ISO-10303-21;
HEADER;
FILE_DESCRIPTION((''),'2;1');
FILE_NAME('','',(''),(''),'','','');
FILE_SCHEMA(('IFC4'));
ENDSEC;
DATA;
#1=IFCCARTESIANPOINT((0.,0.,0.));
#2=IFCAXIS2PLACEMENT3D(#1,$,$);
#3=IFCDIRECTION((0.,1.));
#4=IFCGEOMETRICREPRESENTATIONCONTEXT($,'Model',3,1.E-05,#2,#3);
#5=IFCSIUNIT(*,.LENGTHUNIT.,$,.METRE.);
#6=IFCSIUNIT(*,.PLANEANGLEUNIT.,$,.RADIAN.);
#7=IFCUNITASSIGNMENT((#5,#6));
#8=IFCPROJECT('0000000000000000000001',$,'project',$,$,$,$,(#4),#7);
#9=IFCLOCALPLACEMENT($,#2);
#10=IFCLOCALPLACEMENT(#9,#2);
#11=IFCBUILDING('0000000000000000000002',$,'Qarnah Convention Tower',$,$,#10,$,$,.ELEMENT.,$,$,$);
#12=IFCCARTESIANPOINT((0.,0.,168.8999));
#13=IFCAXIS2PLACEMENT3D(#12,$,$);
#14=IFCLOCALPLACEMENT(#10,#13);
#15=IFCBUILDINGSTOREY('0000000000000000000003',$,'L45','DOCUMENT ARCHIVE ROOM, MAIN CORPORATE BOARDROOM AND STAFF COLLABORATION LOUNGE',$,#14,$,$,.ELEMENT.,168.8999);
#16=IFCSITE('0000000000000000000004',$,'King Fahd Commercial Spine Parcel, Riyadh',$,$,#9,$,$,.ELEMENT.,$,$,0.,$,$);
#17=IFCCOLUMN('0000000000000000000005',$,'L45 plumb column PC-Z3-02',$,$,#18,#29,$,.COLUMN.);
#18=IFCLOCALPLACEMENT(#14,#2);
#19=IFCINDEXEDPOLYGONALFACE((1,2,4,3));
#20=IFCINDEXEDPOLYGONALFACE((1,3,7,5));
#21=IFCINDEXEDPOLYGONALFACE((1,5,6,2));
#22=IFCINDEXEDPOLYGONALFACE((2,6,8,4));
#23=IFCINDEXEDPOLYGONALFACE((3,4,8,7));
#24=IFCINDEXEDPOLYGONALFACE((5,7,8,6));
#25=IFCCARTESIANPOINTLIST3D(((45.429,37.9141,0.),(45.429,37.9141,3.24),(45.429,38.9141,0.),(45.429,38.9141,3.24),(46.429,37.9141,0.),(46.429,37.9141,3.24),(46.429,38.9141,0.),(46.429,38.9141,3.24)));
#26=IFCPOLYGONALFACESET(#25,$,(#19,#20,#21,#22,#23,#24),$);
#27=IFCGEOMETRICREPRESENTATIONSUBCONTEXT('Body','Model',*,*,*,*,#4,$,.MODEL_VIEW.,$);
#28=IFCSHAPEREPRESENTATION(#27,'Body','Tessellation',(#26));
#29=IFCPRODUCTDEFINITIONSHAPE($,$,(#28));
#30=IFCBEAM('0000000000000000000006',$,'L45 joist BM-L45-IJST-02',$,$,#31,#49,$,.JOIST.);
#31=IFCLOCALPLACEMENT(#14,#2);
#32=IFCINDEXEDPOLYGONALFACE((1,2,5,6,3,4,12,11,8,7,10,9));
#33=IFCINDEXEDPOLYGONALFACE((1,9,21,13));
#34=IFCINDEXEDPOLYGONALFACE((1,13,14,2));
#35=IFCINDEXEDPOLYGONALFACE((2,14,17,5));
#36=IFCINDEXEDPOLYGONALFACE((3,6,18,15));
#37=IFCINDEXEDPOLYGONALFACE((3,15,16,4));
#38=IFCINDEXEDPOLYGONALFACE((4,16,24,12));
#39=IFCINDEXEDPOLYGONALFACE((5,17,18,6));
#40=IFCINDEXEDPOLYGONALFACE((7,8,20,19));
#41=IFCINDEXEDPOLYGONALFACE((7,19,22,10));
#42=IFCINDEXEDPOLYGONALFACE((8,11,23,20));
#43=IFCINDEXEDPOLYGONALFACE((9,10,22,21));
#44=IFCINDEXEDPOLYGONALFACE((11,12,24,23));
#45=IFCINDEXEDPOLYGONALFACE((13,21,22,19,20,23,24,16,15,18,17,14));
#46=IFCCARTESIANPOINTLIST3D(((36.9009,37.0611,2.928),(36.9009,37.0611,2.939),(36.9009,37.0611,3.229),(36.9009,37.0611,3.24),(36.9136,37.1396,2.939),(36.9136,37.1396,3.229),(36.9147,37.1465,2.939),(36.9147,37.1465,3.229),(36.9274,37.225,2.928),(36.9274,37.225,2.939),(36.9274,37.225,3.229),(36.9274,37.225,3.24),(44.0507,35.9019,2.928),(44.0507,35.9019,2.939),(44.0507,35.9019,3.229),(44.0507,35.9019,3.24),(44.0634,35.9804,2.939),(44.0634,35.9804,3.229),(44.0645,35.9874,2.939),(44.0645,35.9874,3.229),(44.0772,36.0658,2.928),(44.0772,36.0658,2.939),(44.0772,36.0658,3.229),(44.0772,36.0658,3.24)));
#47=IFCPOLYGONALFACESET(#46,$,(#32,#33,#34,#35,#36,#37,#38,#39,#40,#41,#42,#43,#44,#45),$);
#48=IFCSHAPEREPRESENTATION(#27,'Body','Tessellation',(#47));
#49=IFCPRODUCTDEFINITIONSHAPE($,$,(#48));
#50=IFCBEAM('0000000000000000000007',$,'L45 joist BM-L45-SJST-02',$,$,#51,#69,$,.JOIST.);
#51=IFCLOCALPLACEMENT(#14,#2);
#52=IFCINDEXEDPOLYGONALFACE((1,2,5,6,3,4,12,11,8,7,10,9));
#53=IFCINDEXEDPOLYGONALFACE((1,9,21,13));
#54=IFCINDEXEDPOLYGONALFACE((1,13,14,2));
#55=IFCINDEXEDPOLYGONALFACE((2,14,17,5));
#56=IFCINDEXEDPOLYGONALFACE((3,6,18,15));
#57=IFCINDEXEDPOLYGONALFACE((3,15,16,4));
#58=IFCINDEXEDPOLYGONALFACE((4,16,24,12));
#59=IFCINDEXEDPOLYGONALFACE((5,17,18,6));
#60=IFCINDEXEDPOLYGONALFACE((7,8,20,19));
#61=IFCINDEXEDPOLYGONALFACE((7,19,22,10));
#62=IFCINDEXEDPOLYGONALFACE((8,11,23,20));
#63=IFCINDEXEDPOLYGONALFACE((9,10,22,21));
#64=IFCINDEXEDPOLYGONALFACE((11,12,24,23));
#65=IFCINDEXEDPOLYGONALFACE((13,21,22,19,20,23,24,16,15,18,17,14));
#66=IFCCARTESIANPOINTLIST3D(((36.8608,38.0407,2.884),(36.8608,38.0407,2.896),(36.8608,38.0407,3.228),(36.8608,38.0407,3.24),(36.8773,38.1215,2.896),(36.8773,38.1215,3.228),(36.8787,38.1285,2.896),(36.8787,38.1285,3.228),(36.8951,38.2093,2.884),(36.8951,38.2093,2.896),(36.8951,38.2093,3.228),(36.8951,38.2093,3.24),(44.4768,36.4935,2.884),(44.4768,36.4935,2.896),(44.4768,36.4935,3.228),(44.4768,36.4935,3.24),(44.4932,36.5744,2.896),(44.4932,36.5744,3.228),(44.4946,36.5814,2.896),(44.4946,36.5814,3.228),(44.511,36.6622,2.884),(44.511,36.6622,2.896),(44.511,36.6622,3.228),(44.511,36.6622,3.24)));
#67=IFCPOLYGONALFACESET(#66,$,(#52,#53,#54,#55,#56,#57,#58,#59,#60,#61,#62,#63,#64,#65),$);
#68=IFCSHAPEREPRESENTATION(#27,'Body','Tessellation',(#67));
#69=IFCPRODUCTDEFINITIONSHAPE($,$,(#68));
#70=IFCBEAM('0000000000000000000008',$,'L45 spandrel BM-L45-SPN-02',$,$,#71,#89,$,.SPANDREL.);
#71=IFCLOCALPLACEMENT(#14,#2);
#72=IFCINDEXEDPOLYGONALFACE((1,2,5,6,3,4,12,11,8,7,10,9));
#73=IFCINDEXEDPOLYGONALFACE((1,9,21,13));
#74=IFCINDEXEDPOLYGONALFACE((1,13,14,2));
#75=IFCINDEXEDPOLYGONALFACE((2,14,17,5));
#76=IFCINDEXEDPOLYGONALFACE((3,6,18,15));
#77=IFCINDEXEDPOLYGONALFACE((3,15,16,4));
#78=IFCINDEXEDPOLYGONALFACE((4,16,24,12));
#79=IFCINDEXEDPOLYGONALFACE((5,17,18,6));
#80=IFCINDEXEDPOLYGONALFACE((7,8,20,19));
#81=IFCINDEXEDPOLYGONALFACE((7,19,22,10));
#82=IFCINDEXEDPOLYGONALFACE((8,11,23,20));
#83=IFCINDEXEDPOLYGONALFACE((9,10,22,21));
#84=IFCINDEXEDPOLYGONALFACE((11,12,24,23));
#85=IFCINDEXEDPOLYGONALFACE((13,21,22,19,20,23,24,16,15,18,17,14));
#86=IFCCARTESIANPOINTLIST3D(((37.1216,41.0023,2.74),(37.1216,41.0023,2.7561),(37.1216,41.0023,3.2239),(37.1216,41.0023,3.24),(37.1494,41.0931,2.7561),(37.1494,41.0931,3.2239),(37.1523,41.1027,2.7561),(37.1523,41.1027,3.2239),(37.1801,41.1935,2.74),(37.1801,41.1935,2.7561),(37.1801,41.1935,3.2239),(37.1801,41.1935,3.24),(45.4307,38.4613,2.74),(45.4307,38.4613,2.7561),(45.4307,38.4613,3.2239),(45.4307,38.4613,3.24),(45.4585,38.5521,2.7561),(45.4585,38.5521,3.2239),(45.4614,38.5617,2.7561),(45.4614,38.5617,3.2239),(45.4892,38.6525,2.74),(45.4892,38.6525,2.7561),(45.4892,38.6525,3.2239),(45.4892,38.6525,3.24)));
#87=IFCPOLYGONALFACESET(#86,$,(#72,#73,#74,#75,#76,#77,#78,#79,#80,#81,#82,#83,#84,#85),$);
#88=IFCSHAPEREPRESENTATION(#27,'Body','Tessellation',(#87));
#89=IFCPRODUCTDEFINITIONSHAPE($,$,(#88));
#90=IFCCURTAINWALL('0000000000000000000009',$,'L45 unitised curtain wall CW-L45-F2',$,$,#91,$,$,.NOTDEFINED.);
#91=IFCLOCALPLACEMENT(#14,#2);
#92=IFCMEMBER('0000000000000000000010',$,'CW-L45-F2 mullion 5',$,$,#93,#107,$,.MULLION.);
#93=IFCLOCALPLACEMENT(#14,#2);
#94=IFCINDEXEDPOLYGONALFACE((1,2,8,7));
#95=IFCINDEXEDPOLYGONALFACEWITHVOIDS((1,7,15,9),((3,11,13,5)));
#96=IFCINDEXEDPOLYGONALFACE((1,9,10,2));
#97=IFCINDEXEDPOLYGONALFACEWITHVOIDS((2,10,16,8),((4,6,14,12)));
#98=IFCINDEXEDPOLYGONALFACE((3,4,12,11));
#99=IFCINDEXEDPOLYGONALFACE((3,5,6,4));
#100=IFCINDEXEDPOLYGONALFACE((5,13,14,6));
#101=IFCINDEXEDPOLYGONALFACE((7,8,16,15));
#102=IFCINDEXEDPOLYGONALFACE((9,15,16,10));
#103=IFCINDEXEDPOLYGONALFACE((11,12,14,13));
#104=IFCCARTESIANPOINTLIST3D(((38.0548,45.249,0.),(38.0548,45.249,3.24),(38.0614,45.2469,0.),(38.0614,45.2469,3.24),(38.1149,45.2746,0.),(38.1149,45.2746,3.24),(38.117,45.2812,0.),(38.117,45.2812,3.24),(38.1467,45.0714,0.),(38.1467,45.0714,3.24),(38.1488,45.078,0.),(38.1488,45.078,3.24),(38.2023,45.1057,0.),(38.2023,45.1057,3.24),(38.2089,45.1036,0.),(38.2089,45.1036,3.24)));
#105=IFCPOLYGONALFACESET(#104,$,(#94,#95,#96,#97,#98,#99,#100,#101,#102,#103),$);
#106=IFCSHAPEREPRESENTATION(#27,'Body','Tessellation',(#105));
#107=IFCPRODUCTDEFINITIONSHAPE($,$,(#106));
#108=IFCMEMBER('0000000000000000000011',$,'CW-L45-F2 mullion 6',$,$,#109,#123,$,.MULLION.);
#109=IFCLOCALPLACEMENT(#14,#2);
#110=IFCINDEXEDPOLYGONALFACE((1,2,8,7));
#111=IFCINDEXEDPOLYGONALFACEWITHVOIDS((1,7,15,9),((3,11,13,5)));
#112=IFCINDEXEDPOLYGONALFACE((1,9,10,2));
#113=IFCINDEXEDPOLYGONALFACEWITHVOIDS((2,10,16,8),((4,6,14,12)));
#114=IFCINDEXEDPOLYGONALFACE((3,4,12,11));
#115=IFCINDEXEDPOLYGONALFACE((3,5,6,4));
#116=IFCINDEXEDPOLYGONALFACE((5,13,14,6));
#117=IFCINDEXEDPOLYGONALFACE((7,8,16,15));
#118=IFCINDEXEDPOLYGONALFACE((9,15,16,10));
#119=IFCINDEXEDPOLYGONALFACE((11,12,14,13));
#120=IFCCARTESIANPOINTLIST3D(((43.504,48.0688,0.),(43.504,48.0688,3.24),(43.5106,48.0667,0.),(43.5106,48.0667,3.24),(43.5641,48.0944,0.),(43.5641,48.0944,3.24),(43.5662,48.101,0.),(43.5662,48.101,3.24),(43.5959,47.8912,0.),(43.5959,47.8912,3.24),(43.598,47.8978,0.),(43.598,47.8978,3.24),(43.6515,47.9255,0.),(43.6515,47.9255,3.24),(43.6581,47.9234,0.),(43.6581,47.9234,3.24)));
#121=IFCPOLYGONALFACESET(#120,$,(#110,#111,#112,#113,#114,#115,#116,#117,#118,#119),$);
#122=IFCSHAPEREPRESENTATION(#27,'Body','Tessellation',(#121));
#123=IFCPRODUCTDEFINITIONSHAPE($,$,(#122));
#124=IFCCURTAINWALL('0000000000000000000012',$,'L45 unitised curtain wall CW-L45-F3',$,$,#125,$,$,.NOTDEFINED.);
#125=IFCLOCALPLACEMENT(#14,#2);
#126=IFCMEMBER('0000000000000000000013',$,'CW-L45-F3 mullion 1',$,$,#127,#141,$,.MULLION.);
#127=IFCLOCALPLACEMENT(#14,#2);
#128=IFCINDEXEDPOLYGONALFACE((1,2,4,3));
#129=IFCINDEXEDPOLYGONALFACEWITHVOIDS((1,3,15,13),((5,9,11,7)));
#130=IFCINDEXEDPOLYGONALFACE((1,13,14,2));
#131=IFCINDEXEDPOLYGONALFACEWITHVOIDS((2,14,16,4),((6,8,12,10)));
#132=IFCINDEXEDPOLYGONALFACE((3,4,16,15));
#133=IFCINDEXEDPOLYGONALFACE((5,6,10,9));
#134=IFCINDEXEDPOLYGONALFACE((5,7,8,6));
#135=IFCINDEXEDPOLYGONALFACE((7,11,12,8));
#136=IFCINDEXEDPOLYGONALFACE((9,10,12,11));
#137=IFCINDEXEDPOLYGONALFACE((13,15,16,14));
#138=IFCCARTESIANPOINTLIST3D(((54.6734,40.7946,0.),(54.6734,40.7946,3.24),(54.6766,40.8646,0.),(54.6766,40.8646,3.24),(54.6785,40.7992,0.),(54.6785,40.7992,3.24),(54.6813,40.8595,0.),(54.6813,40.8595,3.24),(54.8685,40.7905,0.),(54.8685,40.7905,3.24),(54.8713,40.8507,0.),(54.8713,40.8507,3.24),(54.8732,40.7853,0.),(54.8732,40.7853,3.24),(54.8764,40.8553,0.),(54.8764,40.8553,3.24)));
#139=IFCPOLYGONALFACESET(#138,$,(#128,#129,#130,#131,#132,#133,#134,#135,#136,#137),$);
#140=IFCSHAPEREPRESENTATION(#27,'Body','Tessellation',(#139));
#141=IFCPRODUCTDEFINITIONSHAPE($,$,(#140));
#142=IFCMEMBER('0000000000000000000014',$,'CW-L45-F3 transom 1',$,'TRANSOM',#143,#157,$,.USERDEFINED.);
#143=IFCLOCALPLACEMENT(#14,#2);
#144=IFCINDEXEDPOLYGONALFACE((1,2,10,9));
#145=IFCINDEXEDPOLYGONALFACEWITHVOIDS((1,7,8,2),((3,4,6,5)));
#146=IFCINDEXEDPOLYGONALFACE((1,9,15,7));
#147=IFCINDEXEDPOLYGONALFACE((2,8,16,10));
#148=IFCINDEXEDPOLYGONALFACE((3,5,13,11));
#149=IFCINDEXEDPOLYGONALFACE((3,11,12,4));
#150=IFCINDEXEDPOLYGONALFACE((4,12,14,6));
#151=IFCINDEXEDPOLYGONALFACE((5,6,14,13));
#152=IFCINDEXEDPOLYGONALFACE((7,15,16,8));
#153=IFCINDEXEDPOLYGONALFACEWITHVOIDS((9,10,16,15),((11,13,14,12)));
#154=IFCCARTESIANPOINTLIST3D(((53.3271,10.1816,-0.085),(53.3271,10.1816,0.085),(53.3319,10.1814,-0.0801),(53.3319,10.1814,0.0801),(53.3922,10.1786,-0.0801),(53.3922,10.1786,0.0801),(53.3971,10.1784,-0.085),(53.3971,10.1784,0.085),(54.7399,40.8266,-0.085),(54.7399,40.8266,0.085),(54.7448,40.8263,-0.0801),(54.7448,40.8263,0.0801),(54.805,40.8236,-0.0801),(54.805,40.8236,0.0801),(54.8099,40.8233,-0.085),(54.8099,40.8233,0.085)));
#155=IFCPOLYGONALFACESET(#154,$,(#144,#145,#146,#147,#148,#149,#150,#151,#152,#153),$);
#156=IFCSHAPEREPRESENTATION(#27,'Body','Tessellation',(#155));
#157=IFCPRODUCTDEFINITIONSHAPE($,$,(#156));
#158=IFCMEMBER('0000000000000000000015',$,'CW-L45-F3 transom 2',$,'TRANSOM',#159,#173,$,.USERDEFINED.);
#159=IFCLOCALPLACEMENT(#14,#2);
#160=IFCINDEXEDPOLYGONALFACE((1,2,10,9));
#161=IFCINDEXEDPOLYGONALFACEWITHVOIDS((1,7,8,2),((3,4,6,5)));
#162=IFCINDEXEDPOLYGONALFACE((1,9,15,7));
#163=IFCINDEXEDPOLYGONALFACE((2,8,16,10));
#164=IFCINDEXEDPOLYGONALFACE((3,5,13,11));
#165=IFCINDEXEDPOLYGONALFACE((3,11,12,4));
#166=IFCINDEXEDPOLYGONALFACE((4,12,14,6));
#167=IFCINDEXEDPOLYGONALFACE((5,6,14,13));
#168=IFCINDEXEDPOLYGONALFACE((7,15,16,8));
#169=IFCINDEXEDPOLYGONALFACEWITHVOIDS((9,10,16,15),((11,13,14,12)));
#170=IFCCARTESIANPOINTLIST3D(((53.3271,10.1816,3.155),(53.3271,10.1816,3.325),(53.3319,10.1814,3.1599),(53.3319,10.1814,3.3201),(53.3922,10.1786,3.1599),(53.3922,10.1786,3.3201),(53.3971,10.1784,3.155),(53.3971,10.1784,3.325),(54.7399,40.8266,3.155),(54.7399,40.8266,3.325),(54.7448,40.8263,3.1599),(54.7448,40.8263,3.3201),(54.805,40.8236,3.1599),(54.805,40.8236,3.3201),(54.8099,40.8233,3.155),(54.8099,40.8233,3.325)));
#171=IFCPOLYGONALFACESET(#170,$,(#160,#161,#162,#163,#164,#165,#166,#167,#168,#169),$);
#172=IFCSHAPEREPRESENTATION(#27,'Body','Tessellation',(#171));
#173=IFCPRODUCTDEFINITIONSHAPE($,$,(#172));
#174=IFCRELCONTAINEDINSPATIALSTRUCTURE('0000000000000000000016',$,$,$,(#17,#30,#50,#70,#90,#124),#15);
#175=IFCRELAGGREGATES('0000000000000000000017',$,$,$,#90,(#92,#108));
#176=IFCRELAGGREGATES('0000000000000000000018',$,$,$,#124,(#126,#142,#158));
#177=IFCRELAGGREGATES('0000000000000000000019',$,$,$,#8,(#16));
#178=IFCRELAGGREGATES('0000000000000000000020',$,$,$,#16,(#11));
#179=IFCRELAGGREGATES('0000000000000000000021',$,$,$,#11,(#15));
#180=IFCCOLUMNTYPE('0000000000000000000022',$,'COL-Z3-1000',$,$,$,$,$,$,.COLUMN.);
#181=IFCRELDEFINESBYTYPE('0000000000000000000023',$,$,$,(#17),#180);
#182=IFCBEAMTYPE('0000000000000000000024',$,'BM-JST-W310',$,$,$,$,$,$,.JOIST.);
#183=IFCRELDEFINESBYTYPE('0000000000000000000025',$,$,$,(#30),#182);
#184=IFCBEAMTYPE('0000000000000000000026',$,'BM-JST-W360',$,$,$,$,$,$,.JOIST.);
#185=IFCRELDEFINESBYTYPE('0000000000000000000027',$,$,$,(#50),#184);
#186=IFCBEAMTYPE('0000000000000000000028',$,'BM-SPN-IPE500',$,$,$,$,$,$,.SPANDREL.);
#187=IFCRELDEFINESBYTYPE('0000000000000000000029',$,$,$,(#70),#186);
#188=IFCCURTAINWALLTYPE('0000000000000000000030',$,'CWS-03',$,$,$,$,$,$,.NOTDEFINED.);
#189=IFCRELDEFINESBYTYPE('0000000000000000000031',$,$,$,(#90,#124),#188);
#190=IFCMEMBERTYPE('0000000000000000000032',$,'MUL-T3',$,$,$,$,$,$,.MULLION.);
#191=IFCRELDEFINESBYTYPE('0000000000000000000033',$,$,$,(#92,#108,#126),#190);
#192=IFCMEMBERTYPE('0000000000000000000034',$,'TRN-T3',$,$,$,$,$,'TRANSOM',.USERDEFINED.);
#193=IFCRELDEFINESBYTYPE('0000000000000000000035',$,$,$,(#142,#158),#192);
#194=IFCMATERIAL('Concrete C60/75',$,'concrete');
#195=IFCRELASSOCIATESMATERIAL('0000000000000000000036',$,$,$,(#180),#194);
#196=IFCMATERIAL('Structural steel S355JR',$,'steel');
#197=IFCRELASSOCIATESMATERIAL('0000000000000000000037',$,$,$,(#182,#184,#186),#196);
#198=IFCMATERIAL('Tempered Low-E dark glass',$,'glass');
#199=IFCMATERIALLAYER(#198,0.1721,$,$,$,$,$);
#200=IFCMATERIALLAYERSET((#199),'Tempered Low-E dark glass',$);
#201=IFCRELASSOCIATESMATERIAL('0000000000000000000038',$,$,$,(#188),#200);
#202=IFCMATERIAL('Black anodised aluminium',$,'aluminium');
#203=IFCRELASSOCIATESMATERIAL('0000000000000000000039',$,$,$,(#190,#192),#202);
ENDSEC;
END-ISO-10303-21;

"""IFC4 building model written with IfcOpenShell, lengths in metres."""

from ifc_helpers import new_model, si_unit, direction, frame, origin, origin_2d, place, context, subcontext, project, spatial, rectangle, hollow_rectangle, i_section, extrude, material, layer, layer_set, material_profile, profile_set, type_object, element, aggregate, save


model = new_model("IFC4")

# Units and contexts
model_context = context("Model", 3, precision=1e-05, world=origin(), true_north=direction((0.0, 1.0)))
body_context = subcontext(model_context, "Body", "Model", "MODEL_VIEW")
ifc_project = project(units=[si_unit("LENGTHUNIT", "METRE"), si_unit("PLANEANGLEUNIT", "RADIAN")], contexts=[model_context])

# Site, building, storey
site_placement = place(None, origin())
site = spatial("IfcSite", under=ifc_project, at=site_placement, Name="King Fahd Commercial Spine Parcel, Riyadh", CompositionType="ELEMENT", RefElevation=0.0)
building_placement = place(site_placement, origin())
building = spatial("IfcBuilding", under=site, at=building_placement, Name="Qarnah Convention Tower", CompositionType="ELEMENT")
storey_placement = place(building_placement, frame((0.0, 0.0, 168.8999)))
storey = spatial("IfcBuildingStorey", under=building, at=storey_placement, Name="L45", Description="DOCUMENT ARCHIVE ROOM, MAIN CORPORATE BOARDROOM AND STAFF COLLABORATION LOUNGE", CompositionType="ELEMENT", Elevation=168.8999)

# Column
ifc_material_1 = material(Name="Concrete C60/75", Category="concrete")
ifc_material_profile_1 = material_profile(ifc_material_1, rectangle(XDim=1.0, YDim=1.0, at=origin_2d()), Name="RC-COL-1000X1000")
ifc_profile_set_1 = profile_set([ifc_material_profile_1], Name="Concrete C60/75")
column_type = type_object("IfcColumnType", Name="COL-Z3-1000", PredefinedType="COLUMN", material=ifc_profile_set_1)
column_placement = place(storey_placement, frame((45.929, 38.4141, 0.0), z_axis=(0.0, 0.0, 1.0), x_axis=(1.0, 0.0, 0.0)))
element("IfcColumn", 1, at=column_placement, inside=storey, type_object=column_type, Name="L45 plumb column PC-Z3-02", PredefinedType="COLUMN", context=body_context, shape_type="SweptSolid", body=[
    extrude(rectangle(XDim=1.0, YDim=1.0, at=origin_2d()), origin(), (0.0, 0.0, 1.0), 3.24),
])

# Beams
ifc_material_2 = material(Name="Structural steel S355JR", Category="steel")
ifc_material_profile_2 = material_profile(ifc_material_2, i_section(OverallWidth=0.166, OverallDepth=0.312, WebThickness=0.0071, FlangeThickness=0.011, at=origin_2d()), Name="W310X45")
ifc_profile_set_2 = profile_set([ifc_material_profile_2], Name="Structural steel S355JR")
beam_type_1 = type_object("IfcBeamType", Name="BM-JST-W310", PredefinedType="JOIST", material=ifc_profile_set_2)
beam_1_placement = place(storey_placement, frame((44.064, 35.9839, 3.084), z_axis=(-0.987111, 0.160036, 0.0), x_axis=(-0.160036, -0.987111, 0.0)))
element("IfcBeam", 2, at=beam_1_placement, inside=storey, type_object=beam_type_1, Name="L45 joist BM-L45-IJST-02", PredefinedType="JOIST", context=body_context, shape_type="SweptSolid", body=[
    extrude(i_section(OverallWidth=0.166, OverallDepth=0.312, WebThickness=0.0071, FlangeThickness=0.011, at=origin_2d()), origin(), (0.0, 0.0, 1.0), 7.2432),
])
ifc_material_profile_3 = material_profile(ifc_material_2, i_section(OverallWidth=0.1721, OverallDepth=0.356, WebThickness=0.0071, FlangeThickness=0.012, at=origin_2d()), Name="W360X51")
ifc_profile_set_3 = profile_set([ifc_material_profile_3], Name="Structural steel S355JR")
beam_type_2 = type_object("IfcBeamType", Name="BM-JST-W360", PredefinedType="JOIST", material=ifc_profile_set_3)
beam_2_placement = place(storey_placement, frame((44.4939, 36.5779, 3.062), z_axis=(-0.979984, 0.199075, 0.0), x_axis=(-0.199075, -0.979984, 0.0)))
element("IfcBeam", 3, at=beam_2_placement, inside=storey, type_object=beam_type_2, Name="L45 joist BM-L45-SJST-02", PredefinedType="JOIST", context=body_context, shape_type="SweptSolid", body=[
    extrude(i_section(OverallWidth=0.1721, OverallDepth=0.356, WebThickness=0.0071, FlangeThickness=0.012, at=origin_2d()), origin(), (0.0, 0.0, 1.0), 7.7715),
])
ifc_material_profile_4 = material_profile(ifc_material_2, i_section(OverallWidth=0.2, OverallDepth=0.5, WebThickness=0.01, FlangeThickness=0.0161, at=origin_2d()), Name="IPE500")
ifc_profile_set_4 = profile_set([ifc_material_profile_4], Name="Structural steel S355JR")
beam_type_3 = type_object("IfcBeamType", Name="BM-SPN-IPE500", PredefinedType="SPANDREL", material=ifc_profile_set_4)
beam_3_placement = place(storey_placement, frame((45.46, 38.5569, 2.99), z_axis=(-0.956283, 0.292443, 0.0), x_axis=(-0.292443, -0.956283, 0.0)))
element("IfcBeam", 4, at=beam_3_placement, inside=storey, type_object=beam_type_3, Name="L45 spandrel BM-L45-SPN-02", PredefinedType="SPANDREL", context=body_context, shape_type="SweptSolid", body=[
    extrude(i_section(OverallWidth=0.2, OverallDepth=0.5, WebThickness=0.01, FlangeThickness=0.0161, at=origin_2d()), origin(), (0.0, 0.0, 1.0), 8.689),
])

# Curtain walls, members
ifc_material_3 = material(Name="Tempered Low-E dark glass", Category="glass")
ifc_layer_1 = layer(ifc_material_3, 0.1721)
ifc_layer_set_1 = layer_set([ifc_layer_1], Name="Tempered Low-E dark glass")
curtain_wall_type = type_object("IfcCurtainWallType", Name="CWS-03", PredefinedType="NOTDEFINED", material=ifc_layer_set_1)
curtain_wall_1_placement = place(storey_placement, origin())
curtain_wall_1 = element("IfcCurtainWall", 5, at=curtain_wall_1_placement, inside=storey, type_object=curtain_wall_type, Name="L45 unitised curtain wall CW-L45-F2", PredefinedType="NOTDEFINED")
ifc_material_4 = material(Name="Black anodised aluminium", Category="aluminium")
ifc_material_profile_5 = material_profile(ifc_material_4, hollow_rectangle(XDim=0.0701, YDim=0.2, WallThickness=0.0049, at=origin_2d()), Name="MUL-70X200")
ifc_profile_set_5 = profile_set([ifc_material_profile_5], Name="Black anodised aluminium")
member_type_1 = type_object("IfcMemberType", Name="MUL-T3", PredefinedType="MULLION", material=ifc_profile_set_5)
member_1_placement = place(storey_placement, frame((38.1318, 45.1763, 0.0), z_axis=(0.0, 0.0, 1.0), x_axis=(0.888135, 0.459583, 0.0)))
member_1 = element("IfcMember", 6, at=member_1_placement, type_object=member_type_1, Name="CW-L45-F2 mullion 5", PredefinedType="MULLION", context=body_context, shape_type="SweptSolid", body=[
    extrude(hollow_rectangle(XDim=0.0701, YDim=0.2, WallThickness=0.0049, at=origin_2d()), origin(), (0.0, 0.0, 1.0), 3.24),
])
member_2_placement = place(storey_placement, frame((43.5811, 47.9961, 0.0), z_axis=(0.0, 0.0, 1.0), x_axis=(0.888135, 0.459583, 0.0)))
member_2 = element("IfcMember", 7, at=member_2_placement, type_object=member_type_1, Name="CW-L45-F2 mullion 6", PredefinedType="MULLION", context=body_context, shape_type="SweptSolid", body=[
    extrude(hollow_rectangle(XDim=0.0701, YDim=0.2, WallThickness=0.0049, at=origin_2d()), origin(), (0.0, 0.0, 1.0), 3.24),
])
curtain_wall_2_placement = place(storey_placement, origin())
curtain_wall_2 = element("IfcCurtainWall", 8, at=curtain_wall_2_placement, inside=storey, type_object=curtain_wall_type, Name="L45 unitised curtain wall CW-L45-F3", PredefinedType="NOTDEFINED")
member_3_placement = place(storey_placement, frame((54.7749, 40.825, 0.0), z_axis=(0.0, 0.0, 1.0), x_axis=(-0.04606, -0.998939, 0.0)))
member_3 = element("IfcMember", 9, at=member_3_placement, type_object=member_type_1, Name="CW-L45-F3 mullion 1", PredefinedType="MULLION", context=body_context, shape_type="SweptSolid", body=[
    extrude(hollow_rectangle(XDim=0.0701, YDim=0.2, WallThickness=0.0049, at=origin_2d()), origin(), (0.0, 0.0, 1.0), 3.24),
])
ifc_material_profile_6 = material_profile(ifc_material_4, hollow_rectangle(XDim=0.0701, YDim=0.1699, WallThickness=0.0049, at=origin_2d()), Name="TRN-70X170")
ifc_profile_set_6 = profile_set([ifc_material_profile_6], Name="Black anodised aluminium")
member_type_2 = type_object("IfcMemberType", Name="TRN-T3", ElementType="TRANSOM", PredefinedType="USERDEFINED", material=ifc_profile_set_6)
member_4_placement = place(storey_placement, frame((54.7749, 40.825, 0.0), z_axis=(-0.046055, -0.998939, 0.0), x_axis=(0.998939, -0.046055, 0.0)))
member_4 = element("IfcMember", 10, at=member_4_placement, type_object=member_type_2, Name="CW-L45-F3 transom 1", ObjectType="TRANSOM", PredefinedType="USERDEFINED", context=body_context, shape_type="SweptSolid", body=[
    extrude(hollow_rectangle(XDim=0.0701, YDim=0.1699, WallThickness=0.0049, at=origin_2d()), origin(), (0.0, 0.0, 1.0), 30.6775),
])
member_5_placement = place(storey_placement, frame((54.7749, 40.825, 3.24), z_axis=(-0.046055, -0.998939, 0.0), x_axis=(0.998939, -0.046055, 0.0)))
member_5 = element("IfcMember", 11, at=member_5_placement, type_object=member_type_2, Name="CW-L45-F3 transom 2", ObjectType="TRANSOM", PredefinedType="USERDEFINED", context=body_context, shape_type="SweptSolid", body=[
    extrude(hollow_rectangle(XDim=0.0701, YDim=0.1699, WallThickness=0.0049, at=origin_2d()), origin(), (0.0, 0.0, 1.0), 30.6775),
])

aggregate(curtain_wall_1, [member_1, member_2])
aggregate(curtain_wall_2, [member_3, member_4, member_5])

save(model, "model.ifc")
